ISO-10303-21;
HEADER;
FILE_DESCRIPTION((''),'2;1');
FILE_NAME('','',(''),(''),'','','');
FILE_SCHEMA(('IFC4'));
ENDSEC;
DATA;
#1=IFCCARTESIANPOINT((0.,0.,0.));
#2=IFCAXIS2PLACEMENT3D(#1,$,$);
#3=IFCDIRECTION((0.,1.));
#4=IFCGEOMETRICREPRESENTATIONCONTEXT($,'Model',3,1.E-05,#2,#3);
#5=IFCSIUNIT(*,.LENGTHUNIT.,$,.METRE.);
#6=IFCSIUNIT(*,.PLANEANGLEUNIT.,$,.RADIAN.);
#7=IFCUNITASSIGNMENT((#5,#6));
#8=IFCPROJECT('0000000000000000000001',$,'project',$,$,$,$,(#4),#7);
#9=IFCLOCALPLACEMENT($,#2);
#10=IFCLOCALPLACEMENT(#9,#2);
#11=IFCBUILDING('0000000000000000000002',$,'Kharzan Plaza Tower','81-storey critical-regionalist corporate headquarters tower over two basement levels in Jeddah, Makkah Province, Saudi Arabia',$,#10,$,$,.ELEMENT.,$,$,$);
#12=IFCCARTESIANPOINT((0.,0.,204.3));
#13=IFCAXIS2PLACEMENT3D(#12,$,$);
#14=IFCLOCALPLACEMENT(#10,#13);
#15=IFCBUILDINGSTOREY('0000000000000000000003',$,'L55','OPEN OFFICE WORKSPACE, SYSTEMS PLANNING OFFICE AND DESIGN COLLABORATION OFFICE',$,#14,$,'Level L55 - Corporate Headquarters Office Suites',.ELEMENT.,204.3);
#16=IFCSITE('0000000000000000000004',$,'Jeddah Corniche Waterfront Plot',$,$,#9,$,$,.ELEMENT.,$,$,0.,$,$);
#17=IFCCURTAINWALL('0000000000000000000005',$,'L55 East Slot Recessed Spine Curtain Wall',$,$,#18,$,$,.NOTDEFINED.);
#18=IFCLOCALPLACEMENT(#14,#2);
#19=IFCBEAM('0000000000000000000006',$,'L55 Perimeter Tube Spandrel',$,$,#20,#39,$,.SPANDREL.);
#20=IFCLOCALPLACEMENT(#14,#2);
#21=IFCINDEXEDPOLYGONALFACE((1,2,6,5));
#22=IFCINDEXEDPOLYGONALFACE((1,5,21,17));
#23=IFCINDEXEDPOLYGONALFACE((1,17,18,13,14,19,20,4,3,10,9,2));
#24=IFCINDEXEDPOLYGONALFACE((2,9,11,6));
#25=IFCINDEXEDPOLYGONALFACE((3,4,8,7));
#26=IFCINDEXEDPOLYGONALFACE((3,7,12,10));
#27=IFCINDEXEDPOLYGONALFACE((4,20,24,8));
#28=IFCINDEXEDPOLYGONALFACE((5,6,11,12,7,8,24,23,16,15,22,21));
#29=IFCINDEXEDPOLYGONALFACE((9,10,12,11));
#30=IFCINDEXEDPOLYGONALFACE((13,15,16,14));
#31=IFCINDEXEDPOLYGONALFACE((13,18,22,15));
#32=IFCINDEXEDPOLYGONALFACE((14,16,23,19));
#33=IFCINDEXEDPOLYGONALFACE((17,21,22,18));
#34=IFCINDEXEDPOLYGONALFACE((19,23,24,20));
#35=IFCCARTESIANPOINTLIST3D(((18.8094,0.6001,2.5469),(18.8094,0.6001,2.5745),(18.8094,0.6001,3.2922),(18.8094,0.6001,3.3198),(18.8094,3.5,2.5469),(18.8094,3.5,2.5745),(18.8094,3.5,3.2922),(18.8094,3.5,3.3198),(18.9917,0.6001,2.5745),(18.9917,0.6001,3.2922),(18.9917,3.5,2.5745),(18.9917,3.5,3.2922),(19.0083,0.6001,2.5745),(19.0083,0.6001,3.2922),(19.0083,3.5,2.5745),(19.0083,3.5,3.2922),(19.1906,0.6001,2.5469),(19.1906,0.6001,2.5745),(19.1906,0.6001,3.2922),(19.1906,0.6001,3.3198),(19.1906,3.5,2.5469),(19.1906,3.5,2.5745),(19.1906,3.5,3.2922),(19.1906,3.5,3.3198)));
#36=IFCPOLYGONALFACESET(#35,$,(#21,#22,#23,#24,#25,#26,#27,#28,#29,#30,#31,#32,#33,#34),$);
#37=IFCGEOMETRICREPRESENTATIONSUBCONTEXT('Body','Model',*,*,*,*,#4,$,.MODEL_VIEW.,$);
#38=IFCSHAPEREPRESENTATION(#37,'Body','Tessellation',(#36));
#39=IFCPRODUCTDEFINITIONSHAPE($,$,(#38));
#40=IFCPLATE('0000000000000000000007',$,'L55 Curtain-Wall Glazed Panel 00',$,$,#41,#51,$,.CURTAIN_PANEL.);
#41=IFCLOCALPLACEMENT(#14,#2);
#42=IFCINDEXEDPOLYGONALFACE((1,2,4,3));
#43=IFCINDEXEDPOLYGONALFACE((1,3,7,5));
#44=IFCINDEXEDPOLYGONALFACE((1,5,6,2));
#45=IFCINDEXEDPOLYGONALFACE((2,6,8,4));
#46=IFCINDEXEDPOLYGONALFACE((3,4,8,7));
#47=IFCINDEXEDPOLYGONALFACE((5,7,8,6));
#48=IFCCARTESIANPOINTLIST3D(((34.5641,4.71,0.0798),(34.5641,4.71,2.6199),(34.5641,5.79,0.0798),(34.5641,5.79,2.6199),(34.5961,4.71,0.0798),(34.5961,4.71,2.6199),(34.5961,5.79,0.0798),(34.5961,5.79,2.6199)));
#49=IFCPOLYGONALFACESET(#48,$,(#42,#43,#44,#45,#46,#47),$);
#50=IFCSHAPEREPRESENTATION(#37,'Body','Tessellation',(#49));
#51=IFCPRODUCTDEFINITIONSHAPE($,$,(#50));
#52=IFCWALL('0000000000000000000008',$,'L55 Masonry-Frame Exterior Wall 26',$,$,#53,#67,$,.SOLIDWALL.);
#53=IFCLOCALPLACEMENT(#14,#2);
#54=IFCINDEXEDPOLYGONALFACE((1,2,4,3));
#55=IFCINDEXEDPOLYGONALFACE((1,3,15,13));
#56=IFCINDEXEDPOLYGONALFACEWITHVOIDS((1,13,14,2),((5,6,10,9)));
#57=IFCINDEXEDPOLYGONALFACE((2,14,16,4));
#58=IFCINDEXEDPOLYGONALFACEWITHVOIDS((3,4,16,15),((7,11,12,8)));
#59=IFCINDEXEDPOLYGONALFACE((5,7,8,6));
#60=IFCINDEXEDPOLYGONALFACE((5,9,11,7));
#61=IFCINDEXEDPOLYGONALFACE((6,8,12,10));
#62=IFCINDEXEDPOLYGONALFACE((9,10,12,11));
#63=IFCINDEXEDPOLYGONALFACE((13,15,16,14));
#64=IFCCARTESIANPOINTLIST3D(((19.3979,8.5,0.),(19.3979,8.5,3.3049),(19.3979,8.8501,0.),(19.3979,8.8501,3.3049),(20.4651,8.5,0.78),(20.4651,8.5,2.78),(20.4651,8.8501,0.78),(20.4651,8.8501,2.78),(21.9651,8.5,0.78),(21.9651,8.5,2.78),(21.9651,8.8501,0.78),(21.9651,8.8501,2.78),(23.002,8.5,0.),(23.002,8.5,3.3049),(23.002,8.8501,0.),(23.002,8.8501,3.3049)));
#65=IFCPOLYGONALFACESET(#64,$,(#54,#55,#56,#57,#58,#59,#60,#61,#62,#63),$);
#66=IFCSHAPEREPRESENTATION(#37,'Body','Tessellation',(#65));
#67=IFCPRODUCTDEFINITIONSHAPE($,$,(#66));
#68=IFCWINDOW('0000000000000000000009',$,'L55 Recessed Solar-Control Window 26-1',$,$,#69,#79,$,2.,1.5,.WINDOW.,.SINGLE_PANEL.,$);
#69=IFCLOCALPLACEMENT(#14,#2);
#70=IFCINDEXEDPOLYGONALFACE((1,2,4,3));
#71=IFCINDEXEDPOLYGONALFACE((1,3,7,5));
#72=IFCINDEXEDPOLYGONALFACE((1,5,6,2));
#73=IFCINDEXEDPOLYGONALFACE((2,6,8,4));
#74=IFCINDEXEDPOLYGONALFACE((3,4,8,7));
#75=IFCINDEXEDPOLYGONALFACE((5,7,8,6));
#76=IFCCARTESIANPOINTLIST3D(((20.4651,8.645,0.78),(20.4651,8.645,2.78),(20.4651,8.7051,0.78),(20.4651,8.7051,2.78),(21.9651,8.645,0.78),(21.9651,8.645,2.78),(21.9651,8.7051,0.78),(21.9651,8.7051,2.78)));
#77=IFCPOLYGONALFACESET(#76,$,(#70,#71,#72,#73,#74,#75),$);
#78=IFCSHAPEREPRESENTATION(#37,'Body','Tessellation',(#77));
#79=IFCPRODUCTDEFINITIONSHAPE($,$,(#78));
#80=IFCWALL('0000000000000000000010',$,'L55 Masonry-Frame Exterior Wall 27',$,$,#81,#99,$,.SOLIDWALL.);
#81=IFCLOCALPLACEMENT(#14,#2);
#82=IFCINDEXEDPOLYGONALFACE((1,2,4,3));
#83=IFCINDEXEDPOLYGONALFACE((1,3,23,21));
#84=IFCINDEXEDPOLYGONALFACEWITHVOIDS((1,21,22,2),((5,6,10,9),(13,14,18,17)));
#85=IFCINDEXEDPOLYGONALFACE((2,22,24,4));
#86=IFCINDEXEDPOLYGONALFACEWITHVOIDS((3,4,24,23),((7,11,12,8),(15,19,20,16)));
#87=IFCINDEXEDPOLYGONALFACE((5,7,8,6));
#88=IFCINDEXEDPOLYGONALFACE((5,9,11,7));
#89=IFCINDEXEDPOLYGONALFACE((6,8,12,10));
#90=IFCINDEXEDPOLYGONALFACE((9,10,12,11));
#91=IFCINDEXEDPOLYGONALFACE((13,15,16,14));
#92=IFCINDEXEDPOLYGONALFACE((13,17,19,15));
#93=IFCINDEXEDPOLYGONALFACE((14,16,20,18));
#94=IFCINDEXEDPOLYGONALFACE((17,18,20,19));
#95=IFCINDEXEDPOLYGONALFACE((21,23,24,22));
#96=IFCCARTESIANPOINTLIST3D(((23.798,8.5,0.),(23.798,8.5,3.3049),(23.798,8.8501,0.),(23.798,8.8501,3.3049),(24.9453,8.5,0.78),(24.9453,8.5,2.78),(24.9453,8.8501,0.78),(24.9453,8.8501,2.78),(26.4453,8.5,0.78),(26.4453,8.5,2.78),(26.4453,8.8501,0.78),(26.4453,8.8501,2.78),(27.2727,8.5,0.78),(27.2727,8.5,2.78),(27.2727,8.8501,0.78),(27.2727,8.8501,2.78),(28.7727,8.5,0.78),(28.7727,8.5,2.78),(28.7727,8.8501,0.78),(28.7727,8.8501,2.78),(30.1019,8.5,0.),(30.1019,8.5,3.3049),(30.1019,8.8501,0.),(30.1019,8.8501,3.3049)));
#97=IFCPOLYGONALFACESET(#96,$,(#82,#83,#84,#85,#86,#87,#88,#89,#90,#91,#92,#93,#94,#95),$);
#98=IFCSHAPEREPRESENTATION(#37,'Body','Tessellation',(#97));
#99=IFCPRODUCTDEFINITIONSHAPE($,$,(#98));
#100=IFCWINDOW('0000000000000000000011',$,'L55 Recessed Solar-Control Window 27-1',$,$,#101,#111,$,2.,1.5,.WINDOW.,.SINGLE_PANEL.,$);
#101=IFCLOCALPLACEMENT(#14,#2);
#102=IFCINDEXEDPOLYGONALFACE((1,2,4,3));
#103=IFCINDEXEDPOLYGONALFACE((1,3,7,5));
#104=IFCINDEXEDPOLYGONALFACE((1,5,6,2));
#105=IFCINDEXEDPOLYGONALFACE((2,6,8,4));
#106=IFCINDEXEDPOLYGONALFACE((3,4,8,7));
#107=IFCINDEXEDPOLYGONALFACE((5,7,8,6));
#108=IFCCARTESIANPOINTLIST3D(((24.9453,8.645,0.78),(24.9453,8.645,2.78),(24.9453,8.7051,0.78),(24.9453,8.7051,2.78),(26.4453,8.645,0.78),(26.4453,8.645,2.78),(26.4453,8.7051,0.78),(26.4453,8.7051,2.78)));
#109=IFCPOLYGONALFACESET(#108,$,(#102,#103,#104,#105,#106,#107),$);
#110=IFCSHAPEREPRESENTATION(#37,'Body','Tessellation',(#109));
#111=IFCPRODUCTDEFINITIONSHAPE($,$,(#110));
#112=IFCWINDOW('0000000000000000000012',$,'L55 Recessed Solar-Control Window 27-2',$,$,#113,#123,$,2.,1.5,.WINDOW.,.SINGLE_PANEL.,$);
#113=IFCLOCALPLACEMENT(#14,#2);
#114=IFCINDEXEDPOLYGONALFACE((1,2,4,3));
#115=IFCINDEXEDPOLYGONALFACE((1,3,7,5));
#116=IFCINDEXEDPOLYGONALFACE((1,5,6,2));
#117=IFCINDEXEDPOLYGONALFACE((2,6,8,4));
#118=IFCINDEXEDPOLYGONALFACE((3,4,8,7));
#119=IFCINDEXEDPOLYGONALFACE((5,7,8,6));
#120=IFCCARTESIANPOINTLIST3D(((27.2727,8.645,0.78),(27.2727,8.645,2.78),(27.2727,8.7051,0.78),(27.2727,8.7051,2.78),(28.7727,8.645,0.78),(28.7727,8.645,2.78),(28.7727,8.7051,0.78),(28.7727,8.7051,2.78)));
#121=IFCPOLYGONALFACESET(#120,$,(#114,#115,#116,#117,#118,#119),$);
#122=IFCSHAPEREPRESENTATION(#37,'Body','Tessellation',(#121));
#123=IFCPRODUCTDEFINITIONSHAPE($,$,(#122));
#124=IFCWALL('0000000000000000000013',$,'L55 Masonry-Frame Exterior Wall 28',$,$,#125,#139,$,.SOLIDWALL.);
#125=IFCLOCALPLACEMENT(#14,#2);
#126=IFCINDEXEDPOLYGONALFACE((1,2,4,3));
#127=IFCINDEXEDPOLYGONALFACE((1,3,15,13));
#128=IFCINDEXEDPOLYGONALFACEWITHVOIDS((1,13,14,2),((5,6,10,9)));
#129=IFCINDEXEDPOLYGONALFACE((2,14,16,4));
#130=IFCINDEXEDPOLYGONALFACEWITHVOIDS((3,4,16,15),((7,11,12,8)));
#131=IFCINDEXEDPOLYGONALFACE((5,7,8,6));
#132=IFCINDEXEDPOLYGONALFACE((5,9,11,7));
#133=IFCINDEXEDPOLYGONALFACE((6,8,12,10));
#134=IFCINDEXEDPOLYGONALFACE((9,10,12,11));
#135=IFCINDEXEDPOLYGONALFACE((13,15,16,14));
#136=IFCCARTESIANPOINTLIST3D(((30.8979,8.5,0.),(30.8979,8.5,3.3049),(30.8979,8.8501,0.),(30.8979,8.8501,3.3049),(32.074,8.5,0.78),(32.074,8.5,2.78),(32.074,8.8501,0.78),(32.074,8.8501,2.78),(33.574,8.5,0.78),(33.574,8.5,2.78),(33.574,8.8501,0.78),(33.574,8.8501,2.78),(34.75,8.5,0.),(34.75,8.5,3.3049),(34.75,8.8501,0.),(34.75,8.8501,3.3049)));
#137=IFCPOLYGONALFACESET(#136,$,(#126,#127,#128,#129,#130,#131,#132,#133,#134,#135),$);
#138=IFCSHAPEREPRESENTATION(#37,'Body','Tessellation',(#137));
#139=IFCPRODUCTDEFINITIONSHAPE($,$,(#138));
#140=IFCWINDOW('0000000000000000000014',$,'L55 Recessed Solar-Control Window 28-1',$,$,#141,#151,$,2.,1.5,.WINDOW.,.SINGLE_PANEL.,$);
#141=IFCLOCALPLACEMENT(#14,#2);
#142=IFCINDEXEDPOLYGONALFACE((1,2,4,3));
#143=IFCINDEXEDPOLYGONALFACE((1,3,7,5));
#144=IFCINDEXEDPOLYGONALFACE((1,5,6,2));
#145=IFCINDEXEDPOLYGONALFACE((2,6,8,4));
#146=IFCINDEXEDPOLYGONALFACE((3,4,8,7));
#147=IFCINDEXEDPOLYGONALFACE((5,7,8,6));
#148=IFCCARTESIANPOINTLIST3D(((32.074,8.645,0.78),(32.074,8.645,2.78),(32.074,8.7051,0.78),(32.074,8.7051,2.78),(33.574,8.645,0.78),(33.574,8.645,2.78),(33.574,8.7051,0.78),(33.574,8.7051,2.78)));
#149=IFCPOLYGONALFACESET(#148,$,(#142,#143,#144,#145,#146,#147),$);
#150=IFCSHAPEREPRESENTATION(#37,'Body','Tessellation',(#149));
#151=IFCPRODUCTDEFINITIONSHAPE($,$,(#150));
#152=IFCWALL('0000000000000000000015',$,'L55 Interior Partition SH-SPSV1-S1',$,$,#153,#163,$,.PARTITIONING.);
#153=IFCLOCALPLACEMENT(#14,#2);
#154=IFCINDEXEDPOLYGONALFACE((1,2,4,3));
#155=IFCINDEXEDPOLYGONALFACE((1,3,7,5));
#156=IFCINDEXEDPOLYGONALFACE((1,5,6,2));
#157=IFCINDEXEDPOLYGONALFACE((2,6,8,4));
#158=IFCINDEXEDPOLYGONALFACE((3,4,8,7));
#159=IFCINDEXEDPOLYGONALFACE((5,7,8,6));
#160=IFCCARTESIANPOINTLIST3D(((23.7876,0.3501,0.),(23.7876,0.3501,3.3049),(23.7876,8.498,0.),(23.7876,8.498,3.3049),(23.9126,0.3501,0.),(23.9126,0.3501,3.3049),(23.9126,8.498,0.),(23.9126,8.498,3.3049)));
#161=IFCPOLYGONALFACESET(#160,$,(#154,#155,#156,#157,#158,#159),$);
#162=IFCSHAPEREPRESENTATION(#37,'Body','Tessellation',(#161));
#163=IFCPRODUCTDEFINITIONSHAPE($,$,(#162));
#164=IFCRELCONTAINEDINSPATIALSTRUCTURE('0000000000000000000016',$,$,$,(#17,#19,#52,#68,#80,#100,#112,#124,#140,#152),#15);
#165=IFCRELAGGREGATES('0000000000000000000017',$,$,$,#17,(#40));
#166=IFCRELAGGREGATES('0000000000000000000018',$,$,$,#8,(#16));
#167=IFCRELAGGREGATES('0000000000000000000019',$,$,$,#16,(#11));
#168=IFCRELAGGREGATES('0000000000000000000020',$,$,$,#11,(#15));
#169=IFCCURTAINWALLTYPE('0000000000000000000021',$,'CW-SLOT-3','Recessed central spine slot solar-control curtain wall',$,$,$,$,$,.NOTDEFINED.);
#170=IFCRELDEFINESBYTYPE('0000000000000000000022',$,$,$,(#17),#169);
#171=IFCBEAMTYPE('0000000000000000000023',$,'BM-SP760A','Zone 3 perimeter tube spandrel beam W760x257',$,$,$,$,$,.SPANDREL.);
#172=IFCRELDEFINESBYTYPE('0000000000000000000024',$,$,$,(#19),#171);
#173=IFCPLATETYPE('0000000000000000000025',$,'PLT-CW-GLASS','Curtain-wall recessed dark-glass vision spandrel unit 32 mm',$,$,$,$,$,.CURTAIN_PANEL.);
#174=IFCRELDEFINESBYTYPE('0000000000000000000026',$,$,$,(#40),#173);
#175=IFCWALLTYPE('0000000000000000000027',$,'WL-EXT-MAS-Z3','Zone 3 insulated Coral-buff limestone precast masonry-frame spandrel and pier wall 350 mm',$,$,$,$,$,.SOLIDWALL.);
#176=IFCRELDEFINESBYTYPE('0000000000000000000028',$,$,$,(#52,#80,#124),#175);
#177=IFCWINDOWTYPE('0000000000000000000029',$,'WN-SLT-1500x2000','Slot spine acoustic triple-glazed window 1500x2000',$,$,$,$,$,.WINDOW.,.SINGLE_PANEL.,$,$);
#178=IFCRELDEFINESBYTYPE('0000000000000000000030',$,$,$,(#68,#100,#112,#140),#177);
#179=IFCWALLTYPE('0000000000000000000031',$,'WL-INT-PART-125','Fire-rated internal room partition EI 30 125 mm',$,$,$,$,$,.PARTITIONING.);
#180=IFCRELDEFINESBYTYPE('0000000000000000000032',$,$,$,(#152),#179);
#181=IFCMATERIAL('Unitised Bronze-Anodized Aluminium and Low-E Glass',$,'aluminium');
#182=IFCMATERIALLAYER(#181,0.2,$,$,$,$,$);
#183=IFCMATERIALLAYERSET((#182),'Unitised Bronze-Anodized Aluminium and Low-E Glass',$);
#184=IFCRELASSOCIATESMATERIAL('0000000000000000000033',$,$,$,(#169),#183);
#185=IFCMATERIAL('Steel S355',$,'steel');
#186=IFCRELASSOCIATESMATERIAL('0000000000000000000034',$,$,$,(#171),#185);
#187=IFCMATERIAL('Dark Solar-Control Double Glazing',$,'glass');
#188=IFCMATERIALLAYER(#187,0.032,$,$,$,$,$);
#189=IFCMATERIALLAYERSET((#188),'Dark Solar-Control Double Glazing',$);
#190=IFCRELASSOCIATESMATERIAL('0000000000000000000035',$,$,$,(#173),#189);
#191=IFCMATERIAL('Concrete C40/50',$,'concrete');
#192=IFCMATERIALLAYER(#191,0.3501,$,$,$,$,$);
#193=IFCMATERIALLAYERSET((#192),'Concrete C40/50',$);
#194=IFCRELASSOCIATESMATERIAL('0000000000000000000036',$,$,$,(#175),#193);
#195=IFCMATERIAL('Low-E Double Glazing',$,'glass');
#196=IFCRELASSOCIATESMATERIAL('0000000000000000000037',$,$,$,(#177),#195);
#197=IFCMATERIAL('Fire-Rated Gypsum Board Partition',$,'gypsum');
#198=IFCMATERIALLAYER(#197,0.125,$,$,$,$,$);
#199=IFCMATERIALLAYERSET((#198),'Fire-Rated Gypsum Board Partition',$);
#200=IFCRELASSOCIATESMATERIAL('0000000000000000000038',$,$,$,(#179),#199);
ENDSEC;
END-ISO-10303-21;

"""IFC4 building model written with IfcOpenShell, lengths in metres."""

from ifc_helpers import new_model, si_unit, direction, frame, frame_2d, origin, origin_2d, place, context, subcontext, project, spatial, rectangle, i_section, extrude, source, transform, mapped, material, layer, layer_set, material_profile, profile_set, type_object, element, fill, aggregate, save


model = new_model("IFC4")

# Units and contexts
model_context = context("Model", 3, precision=1e-05, world=origin(), true_north=direction((0.0, 1.0)))
body_context = subcontext(model_context, "Body", "Model", "MODEL_VIEW")
ifc_project = project(units=[si_unit("LENGTHUNIT", "METRE"), si_unit("PLANEANGLEUNIT", "RADIAN")], contexts=[model_context])

# Site, building, storey
site_placement = place(None, origin())
site = spatial("IfcSite", under=ifc_project, at=site_placement, Name="Jeddah Corniche Waterfront Plot", CompositionType="ELEMENT", RefElevation=0.0)
building_placement = place(site_placement, origin())
building = spatial("IfcBuilding", under=site, at=building_placement, Name="Kharzan Plaza Tower", Description="81-storey critical-regionalist corporate headquarters tower over two basement levels in Jeddah, Makkah Province, Saudi Arabia", CompositionType="ELEMENT")
storey_placement = place(building_placement, frame((0.0, 0.0, 204.3)))
storey = spatial("IfcBuildingStorey", under=building, at=storey_placement, Name="L55", Description="OPEN OFFICE WORKSPACE, SYSTEMS PLANNING OFFICE AND DESIGN COLLABORATION OFFICE", LongName="Level L55 - Corporate Headquarters Office Suites", CompositionType="ELEMENT", Elevation=204.3)

# Curtain wall
ifc_material_1 = material(Name="Unitised Bronze-Anodized Aluminium and Low-E Glass", Category="aluminium")
ifc_layer_1 = layer(ifc_material_1, 0.2)
ifc_layer_set_1 = layer_set([ifc_layer_1], Name="Unitised Bronze-Anodized Aluminium and Low-E Glass")
curtain_wall_type = type_object("IfcCurtainWallType", Name="CW-SLOT-3", Description="Recessed central spine slot solar-control curtain wall", PredefinedType="NOTDEFINED", material=ifc_layer_set_1)
curtain_wall_placement = place(storey_placement, origin())
curtain_wall = element("IfcCurtainWall", 1, at=curtain_wall_placement, inside=storey, type_object=curtain_wall_type, Name="L55 East Slot Recessed Spine Curtain Wall", PredefinedType="NOTDEFINED")

# Beam
ifc_material_2 = material(Name="Steel S355", Category="steel")
ifc_material_profile_1 = material_profile(ifc_material_2, i_section(OverallWidth=0.3811, OverallDepth=0.7729, WebThickness=0.0166, FlangeThickness=0.0276, at=origin_2d()), Name="W760x257")
ifc_profile_set_1 = profile_set([ifc_material_profile_1], Name="Steel S355")
beam_type_1 = type_object("IfcBeamType", Name="BM-SP760A", Description="Zone 3 perimeter tube spandrel beam W760x257", PredefinedType="SPANDREL", material=ifc_profile_set_1)
shared_shape_1 = source(origin(), body_context, "Body", "SweptSolid", [
    extrude(i_section(OverallWidth=0.3811, OverallDepth=0.7729, WebThickness=0.0166, FlangeThickness=0.0276, at=origin_2d()), origin(), (0.0, 0.0, 1.0), 2.8999),
])
beam_1_placement = place(storey_placement, frame((19.0, 0.6001, 2.9333), z_axis=(0.0, 1.0, 0.0), x_axis=(-1.0, 0.0, 0.0)))
element("IfcBeam", 2, at=beam_1_placement, inside=storey, type_object=beam_type_1, Name="L55 Perimeter Tube Spandrel", PredefinedType="SPANDREL", context=body_context, shape_type="MappedRepresentation", body=[
    mapped(shared_shape_1, transform((0.0, 0.0, 0.0), x_axis=(1.0, 0.0, 0.0), y_axis=(0.0, 1.0, 0.0), z_axis=(0.0, 0.0, 1.0))),
])

# Plate
ifc_material_3 = material(Name="Dark Solar-Control Double Glazing", Category="glass")
ifc_layer_2 = layer(ifc_material_3, 0.032)
ifc_layer_set_2 = layer_set([ifc_layer_2], Name="Dark Solar-Control Double Glazing")
plate_type = type_object("IfcPlateType", Name="PLT-CW-GLASS", Description="Curtain-wall recessed dark-glass vision spandrel unit 32 mm", PredefinedType="CURTAIN_PANEL", material=ifc_layer_set_2)
shared_shape_2 = source(origin(), body_context, "Body", "SweptSolid", [
    extrude(rectangle(XDim=1.0801, YDim=0.032, at=origin_2d()), origin(), (0.0, 0.0, 1.0), 2.54),
])
plate_placement = place(storey_placement, frame((34.5801, 5.25, 0.0798), z_axis=(0.0, 0.0, 1.0), x_axis=(0.0, 1.0, 0.0)))
plate = element("IfcPlate", 3, at=plate_placement, type_object=plate_type, Name="L55 Curtain-Wall Glazed Panel 00", PredefinedType="CURTAIN_PANEL", context=body_context, shape_type="MappedRepresentation", body=[
    mapped(shared_shape_2, transform((0.0, 0.0, 0.0), x_axis=(1.0, 0.0, 0.0), y_axis=(0.0, 1.0, 0.0), z_axis=(0.0, 0.0, 1.0))),
])
aggregate(curtain_wall, [plate])

# Wall, opening, window
ifc_material_4 = material(Name="Concrete C40/50", Category="concrete")
ifc_layer_3 = layer(ifc_material_4, 0.3501)
ifc_layer_set_3 = layer_set([ifc_layer_3], Name="Concrete C40/50")
wall_type_1 = type_object("IfcWallType", Name="WL-EXT-MAS-Z3", Description="Zone 3 insulated Coral-buff limestone precast masonry-frame spandrel and pier wall 350 mm", PredefinedType="SOLIDWALL", material=ifc_layer_set_3)
wall_1_placement = place(storey_placement, frame((19.3979, 8.675, 0.0), z_axis=(0.0, 0.0, 1.0), x_axis=(1.0, 0.0, 0.0)))
wall_1 = element("IfcWall", 4, at=wall_1_placement, inside=storey, type_object=wall_type_1, Name="L55 Masonry-Frame Exterior Wall 26", PredefinedType="SOLIDWALL", context=body_context, shape_type="SweptSolid", body=[
    extrude(rectangle(XDim=3.604, YDim=0.3501, at=frame_2d((1.802, 0.0))), origin(), (0.0, 0.0, 1.0), 3.3049),
])
opening_1_placement = place(wall_1_placement, frame((1.0671, 0.0, 0.78)))
opening_1 = element("IfcOpeningElement", 5, at=opening_1_placement, cuts=wall_1, PredefinedType="OPENING", context=body_context, shape_type="SweptSolid", body=[
    extrude(rectangle(XDim=1.5, YDim=2.0, at=frame_2d((0.75, 1.0))), frame((0.0, 0.1851, 0.0), z_axis=(0.0, -1.0, 0.0), x_axis=(1.0, 0.0, 0.0)), (0.0, 0.0, 1.0), 0.3701),
])
ifc_material_5 = material(Name="Low-E Double Glazing", Category="glass")
window_type = type_object("IfcWindowType", Name="WN-SLT-1500x2000", Description="Slot spine acoustic triple-glazed window 1500x2000", PartitioningType="SINGLE_PANEL", PredefinedType="WINDOW", material=ifc_material_5)
shared_shape_3 = source(origin(), body_context, "Body", "SweptSolid", [
    extrude(rectangle(XDim=1.5, YDim=2.0, at=frame_2d((0.75, 1.0))), frame((0.0, 0.03, 0.0), z_axis=(0.0, -1.0, 0.0), x_axis=(1.0, 0.0, 0.0)), (0.0, 0.0, 1.0), 0.0601),
])
window_1_placement = place(opening_1_placement, origin())
window_1 = element("IfcWindow", 6, at=window_1_placement, inside=storey, type_object=window_type, Name="L55 Recessed Solar-Control Window 26-1", OverallHeight=2.0, OverallWidth=1.5, PartitioningType="SINGLE_PANEL", PredefinedType="WINDOW", context=body_context, shape_type="MappedRepresentation", body=[
    mapped(shared_shape_3, transform((0.0, 0.0, 0.0), x_axis=(1.0, 0.0, 0.0), y_axis=(0.0, 1.0, 0.0), z_axis=(0.0, 0.0, 1.0))),
])
fill(opening_1, window_1)

# Wall, openings, windows
wall_2_placement = place(storey_placement, frame((23.7981, 8.675, 0.0), z_axis=(0.0, 0.0, 1.0), x_axis=(1.0, 0.0, 0.0)))
wall_2 = element("IfcWall", 7, at=wall_2_placement, inside=storey, type_object=wall_type_1, Name="L55 Masonry-Frame Exterior Wall 27", PredefinedType="SOLIDWALL", context=body_context, shape_type="SweptSolid", body=[
    extrude(rectangle(XDim=6.304, YDim=0.3501, at=frame_2d((3.1519, 0.0))), origin(), (0.0, 0.0, 1.0), 3.3049),
])
opening_2_placement = place(wall_2_placement, frame((1.1472, 0.0, 0.78)))
opening_2 = element("IfcOpeningElement", 8, at=opening_2_placement, cuts=wall_2, PredefinedType="OPENING", context=body_context, shape_type="SweptSolid", body=[
    extrude(rectangle(XDim=1.5, YDim=2.0, at=frame_2d((0.75, 1.0))), frame((0.0, 0.1851, 0.0), z_axis=(0.0, -1.0, 0.0), x_axis=(1.0, 0.0, 0.0)), (0.0, 0.0, 1.0), 0.3701),
])
opening_3_placement = place(wall_2_placement, frame((3.4746, 0.0, 0.78)))
opening_3 = element("IfcOpeningElement", 9, at=opening_3_placement, cuts=wall_2, PredefinedType="OPENING", context=body_context, shape_type="SweptSolid", body=[
    extrude(rectangle(XDim=1.5, YDim=2.0, at=frame_2d((0.75, 1.0))), frame((0.0, 0.1851, 0.0), z_axis=(0.0, -1.0, 0.0), x_axis=(1.0, 0.0, 0.0)), (0.0, 0.0, 1.0), 0.3701),
])
window_2_placement = place(opening_2_placement, origin())
window_2 = element("IfcWindow", 10, at=window_2_placement, inside=storey, type_object=window_type, Name="L55 Recessed Solar-Control Window 27-1", OverallHeight=2.0, OverallWidth=1.5, PartitioningType="SINGLE_PANEL", PredefinedType="WINDOW", context=body_context, shape_type="MappedRepresentation", body=[
    mapped(shared_shape_3, transform((0.0, 0.0, 0.0), x_axis=(1.0, 0.0, 0.0), y_axis=(0.0, 1.0, 0.0), z_axis=(0.0, 0.0, 1.0))),
])
fill(opening_2, window_2)
window_3_placement = place(opening_3_placement, origin())
window_3 = element("IfcWindow", 11, at=window_3_placement, inside=storey, type_object=window_type, Name="L55 Recessed Solar-Control Window 27-2", OverallHeight=2.0, OverallWidth=1.5, PartitioningType="SINGLE_PANEL", PredefinedType="WINDOW", context=body_context, shape_type="MappedRepresentation", body=[
    mapped(shared_shape_3, transform((0.0, 0.0, 0.0), x_axis=(1.0, 0.0, 0.0), y_axis=(0.0, 1.0, 0.0), z_axis=(0.0, 0.0, 1.0))),
])
fill(opening_3, window_3)

# Wall, opening, window
wall_3_placement = place(storey_placement, frame((30.8979, 8.675, 0.0), z_axis=(0.0, 0.0, 1.0), x_axis=(1.0, 0.0, 0.0)))
wall_3 = element("IfcWall", 12, at=wall_3_placement, inside=storey, type_object=wall_type_1, Name="L55 Masonry-Frame Exterior Wall 28", PredefinedType="SOLIDWALL", context=body_context, shape_type="SweptSolid", body=[
    extrude(rectangle(XDim=3.8521, YDim=0.3501, at=frame_2d((1.926, 0.0))), origin(), (0.0, 0.0, 1.0), 3.3049),
])
opening_4_placement = place(wall_3_placement, frame((1.176, 0.0, 0.78)))
opening_4 = element("IfcOpeningElement", 13, at=opening_4_placement, cuts=wall_3, PredefinedType="OPENING", context=body_context, shape_type="SweptSolid", body=[
    extrude(rectangle(XDim=1.5, YDim=2.0, at=frame_2d((0.75, 1.0))), frame((0.0, 0.1851, 0.0), z_axis=(0.0, -1.0, 0.0), x_axis=(1.0, 0.0, 0.0)), (0.0, 0.0, 1.0), 0.3701),
])
window_4_placement = place(opening_4_placement, origin())
window_4 = element("IfcWindow", 14, at=window_4_placement, inside=storey, type_object=window_type, Name="L55 Recessed Solar-Control Window 28-1", OverallHeight=2.0, OverallWidth=1.5, PartitioningType="SINGLE_PANEL", PredefinedType="WINDOW", context=body_context, shape_type="MappedRepresentation", body=[
    mapped(shared_shape_3, transform((0.0, 0.0, 0.0), x_axis=(1.0, 0.0, 0.0), y_axis=(0.0, 1.0, 0.0), z_axis=(0.0, 0.0, 1.0))),
])
fill(opening_4, window_4)

# Wall
ifc_material_6 = material(Name="Fire-Rated Gypsum Board Partition", Category="gypsum")
ifc_layer_4 = layer(ifc_material_6, 0.125)
ifc_layer_set_4 = layer_set([ifc_layer_4], Name="Fire-Rated Gypsum Board Partition")
wall_type_2 = type_object("IfcWallType", Name="WL-INT-PART-125", Description="Fire-rated internal room partition EI 30 125 mm", PredefinedType="PARTITIONING", material=ifc_layer_set_4)
shared_shape_4 = source(origin(), body_context, "Body", "SweptSolid", [
    extrude(rectangle(XDim=8.1479, YDim=0.125, at=frame_2d((4.074, 0.0))), origin(), (0.0, 0.0, 1.0), 3.3049),
])
for number, where, z_axis, x_axis, name in (
    (15, (23.8501, 0.3501, 0.0), (0.0, 0.0, 1.0), (0.0, 1.0, 0.0), "L55 Interior Partition SH-SPSV1-S1"),
):
    element("IfcWall", number, at=place(storey_placement, frame(where, z_axis=z_axis, x_axis=x_axis)), inside=storey, type_object=wall_type_2, Name=name, PredefinedType="PARTITIONING", context=body_context, shape_type="MappedRepresentation", body=[
        mapped(shared_shape_4, transform((0.0, 0.0, 0.0), x_axis=(1.0, 0.0, 0.0), y_axis=(0.0, 1.0, 0.0), z_axis=(0.0, 0.0, 1.0))),
    ])

save(model, "model.ifc")
